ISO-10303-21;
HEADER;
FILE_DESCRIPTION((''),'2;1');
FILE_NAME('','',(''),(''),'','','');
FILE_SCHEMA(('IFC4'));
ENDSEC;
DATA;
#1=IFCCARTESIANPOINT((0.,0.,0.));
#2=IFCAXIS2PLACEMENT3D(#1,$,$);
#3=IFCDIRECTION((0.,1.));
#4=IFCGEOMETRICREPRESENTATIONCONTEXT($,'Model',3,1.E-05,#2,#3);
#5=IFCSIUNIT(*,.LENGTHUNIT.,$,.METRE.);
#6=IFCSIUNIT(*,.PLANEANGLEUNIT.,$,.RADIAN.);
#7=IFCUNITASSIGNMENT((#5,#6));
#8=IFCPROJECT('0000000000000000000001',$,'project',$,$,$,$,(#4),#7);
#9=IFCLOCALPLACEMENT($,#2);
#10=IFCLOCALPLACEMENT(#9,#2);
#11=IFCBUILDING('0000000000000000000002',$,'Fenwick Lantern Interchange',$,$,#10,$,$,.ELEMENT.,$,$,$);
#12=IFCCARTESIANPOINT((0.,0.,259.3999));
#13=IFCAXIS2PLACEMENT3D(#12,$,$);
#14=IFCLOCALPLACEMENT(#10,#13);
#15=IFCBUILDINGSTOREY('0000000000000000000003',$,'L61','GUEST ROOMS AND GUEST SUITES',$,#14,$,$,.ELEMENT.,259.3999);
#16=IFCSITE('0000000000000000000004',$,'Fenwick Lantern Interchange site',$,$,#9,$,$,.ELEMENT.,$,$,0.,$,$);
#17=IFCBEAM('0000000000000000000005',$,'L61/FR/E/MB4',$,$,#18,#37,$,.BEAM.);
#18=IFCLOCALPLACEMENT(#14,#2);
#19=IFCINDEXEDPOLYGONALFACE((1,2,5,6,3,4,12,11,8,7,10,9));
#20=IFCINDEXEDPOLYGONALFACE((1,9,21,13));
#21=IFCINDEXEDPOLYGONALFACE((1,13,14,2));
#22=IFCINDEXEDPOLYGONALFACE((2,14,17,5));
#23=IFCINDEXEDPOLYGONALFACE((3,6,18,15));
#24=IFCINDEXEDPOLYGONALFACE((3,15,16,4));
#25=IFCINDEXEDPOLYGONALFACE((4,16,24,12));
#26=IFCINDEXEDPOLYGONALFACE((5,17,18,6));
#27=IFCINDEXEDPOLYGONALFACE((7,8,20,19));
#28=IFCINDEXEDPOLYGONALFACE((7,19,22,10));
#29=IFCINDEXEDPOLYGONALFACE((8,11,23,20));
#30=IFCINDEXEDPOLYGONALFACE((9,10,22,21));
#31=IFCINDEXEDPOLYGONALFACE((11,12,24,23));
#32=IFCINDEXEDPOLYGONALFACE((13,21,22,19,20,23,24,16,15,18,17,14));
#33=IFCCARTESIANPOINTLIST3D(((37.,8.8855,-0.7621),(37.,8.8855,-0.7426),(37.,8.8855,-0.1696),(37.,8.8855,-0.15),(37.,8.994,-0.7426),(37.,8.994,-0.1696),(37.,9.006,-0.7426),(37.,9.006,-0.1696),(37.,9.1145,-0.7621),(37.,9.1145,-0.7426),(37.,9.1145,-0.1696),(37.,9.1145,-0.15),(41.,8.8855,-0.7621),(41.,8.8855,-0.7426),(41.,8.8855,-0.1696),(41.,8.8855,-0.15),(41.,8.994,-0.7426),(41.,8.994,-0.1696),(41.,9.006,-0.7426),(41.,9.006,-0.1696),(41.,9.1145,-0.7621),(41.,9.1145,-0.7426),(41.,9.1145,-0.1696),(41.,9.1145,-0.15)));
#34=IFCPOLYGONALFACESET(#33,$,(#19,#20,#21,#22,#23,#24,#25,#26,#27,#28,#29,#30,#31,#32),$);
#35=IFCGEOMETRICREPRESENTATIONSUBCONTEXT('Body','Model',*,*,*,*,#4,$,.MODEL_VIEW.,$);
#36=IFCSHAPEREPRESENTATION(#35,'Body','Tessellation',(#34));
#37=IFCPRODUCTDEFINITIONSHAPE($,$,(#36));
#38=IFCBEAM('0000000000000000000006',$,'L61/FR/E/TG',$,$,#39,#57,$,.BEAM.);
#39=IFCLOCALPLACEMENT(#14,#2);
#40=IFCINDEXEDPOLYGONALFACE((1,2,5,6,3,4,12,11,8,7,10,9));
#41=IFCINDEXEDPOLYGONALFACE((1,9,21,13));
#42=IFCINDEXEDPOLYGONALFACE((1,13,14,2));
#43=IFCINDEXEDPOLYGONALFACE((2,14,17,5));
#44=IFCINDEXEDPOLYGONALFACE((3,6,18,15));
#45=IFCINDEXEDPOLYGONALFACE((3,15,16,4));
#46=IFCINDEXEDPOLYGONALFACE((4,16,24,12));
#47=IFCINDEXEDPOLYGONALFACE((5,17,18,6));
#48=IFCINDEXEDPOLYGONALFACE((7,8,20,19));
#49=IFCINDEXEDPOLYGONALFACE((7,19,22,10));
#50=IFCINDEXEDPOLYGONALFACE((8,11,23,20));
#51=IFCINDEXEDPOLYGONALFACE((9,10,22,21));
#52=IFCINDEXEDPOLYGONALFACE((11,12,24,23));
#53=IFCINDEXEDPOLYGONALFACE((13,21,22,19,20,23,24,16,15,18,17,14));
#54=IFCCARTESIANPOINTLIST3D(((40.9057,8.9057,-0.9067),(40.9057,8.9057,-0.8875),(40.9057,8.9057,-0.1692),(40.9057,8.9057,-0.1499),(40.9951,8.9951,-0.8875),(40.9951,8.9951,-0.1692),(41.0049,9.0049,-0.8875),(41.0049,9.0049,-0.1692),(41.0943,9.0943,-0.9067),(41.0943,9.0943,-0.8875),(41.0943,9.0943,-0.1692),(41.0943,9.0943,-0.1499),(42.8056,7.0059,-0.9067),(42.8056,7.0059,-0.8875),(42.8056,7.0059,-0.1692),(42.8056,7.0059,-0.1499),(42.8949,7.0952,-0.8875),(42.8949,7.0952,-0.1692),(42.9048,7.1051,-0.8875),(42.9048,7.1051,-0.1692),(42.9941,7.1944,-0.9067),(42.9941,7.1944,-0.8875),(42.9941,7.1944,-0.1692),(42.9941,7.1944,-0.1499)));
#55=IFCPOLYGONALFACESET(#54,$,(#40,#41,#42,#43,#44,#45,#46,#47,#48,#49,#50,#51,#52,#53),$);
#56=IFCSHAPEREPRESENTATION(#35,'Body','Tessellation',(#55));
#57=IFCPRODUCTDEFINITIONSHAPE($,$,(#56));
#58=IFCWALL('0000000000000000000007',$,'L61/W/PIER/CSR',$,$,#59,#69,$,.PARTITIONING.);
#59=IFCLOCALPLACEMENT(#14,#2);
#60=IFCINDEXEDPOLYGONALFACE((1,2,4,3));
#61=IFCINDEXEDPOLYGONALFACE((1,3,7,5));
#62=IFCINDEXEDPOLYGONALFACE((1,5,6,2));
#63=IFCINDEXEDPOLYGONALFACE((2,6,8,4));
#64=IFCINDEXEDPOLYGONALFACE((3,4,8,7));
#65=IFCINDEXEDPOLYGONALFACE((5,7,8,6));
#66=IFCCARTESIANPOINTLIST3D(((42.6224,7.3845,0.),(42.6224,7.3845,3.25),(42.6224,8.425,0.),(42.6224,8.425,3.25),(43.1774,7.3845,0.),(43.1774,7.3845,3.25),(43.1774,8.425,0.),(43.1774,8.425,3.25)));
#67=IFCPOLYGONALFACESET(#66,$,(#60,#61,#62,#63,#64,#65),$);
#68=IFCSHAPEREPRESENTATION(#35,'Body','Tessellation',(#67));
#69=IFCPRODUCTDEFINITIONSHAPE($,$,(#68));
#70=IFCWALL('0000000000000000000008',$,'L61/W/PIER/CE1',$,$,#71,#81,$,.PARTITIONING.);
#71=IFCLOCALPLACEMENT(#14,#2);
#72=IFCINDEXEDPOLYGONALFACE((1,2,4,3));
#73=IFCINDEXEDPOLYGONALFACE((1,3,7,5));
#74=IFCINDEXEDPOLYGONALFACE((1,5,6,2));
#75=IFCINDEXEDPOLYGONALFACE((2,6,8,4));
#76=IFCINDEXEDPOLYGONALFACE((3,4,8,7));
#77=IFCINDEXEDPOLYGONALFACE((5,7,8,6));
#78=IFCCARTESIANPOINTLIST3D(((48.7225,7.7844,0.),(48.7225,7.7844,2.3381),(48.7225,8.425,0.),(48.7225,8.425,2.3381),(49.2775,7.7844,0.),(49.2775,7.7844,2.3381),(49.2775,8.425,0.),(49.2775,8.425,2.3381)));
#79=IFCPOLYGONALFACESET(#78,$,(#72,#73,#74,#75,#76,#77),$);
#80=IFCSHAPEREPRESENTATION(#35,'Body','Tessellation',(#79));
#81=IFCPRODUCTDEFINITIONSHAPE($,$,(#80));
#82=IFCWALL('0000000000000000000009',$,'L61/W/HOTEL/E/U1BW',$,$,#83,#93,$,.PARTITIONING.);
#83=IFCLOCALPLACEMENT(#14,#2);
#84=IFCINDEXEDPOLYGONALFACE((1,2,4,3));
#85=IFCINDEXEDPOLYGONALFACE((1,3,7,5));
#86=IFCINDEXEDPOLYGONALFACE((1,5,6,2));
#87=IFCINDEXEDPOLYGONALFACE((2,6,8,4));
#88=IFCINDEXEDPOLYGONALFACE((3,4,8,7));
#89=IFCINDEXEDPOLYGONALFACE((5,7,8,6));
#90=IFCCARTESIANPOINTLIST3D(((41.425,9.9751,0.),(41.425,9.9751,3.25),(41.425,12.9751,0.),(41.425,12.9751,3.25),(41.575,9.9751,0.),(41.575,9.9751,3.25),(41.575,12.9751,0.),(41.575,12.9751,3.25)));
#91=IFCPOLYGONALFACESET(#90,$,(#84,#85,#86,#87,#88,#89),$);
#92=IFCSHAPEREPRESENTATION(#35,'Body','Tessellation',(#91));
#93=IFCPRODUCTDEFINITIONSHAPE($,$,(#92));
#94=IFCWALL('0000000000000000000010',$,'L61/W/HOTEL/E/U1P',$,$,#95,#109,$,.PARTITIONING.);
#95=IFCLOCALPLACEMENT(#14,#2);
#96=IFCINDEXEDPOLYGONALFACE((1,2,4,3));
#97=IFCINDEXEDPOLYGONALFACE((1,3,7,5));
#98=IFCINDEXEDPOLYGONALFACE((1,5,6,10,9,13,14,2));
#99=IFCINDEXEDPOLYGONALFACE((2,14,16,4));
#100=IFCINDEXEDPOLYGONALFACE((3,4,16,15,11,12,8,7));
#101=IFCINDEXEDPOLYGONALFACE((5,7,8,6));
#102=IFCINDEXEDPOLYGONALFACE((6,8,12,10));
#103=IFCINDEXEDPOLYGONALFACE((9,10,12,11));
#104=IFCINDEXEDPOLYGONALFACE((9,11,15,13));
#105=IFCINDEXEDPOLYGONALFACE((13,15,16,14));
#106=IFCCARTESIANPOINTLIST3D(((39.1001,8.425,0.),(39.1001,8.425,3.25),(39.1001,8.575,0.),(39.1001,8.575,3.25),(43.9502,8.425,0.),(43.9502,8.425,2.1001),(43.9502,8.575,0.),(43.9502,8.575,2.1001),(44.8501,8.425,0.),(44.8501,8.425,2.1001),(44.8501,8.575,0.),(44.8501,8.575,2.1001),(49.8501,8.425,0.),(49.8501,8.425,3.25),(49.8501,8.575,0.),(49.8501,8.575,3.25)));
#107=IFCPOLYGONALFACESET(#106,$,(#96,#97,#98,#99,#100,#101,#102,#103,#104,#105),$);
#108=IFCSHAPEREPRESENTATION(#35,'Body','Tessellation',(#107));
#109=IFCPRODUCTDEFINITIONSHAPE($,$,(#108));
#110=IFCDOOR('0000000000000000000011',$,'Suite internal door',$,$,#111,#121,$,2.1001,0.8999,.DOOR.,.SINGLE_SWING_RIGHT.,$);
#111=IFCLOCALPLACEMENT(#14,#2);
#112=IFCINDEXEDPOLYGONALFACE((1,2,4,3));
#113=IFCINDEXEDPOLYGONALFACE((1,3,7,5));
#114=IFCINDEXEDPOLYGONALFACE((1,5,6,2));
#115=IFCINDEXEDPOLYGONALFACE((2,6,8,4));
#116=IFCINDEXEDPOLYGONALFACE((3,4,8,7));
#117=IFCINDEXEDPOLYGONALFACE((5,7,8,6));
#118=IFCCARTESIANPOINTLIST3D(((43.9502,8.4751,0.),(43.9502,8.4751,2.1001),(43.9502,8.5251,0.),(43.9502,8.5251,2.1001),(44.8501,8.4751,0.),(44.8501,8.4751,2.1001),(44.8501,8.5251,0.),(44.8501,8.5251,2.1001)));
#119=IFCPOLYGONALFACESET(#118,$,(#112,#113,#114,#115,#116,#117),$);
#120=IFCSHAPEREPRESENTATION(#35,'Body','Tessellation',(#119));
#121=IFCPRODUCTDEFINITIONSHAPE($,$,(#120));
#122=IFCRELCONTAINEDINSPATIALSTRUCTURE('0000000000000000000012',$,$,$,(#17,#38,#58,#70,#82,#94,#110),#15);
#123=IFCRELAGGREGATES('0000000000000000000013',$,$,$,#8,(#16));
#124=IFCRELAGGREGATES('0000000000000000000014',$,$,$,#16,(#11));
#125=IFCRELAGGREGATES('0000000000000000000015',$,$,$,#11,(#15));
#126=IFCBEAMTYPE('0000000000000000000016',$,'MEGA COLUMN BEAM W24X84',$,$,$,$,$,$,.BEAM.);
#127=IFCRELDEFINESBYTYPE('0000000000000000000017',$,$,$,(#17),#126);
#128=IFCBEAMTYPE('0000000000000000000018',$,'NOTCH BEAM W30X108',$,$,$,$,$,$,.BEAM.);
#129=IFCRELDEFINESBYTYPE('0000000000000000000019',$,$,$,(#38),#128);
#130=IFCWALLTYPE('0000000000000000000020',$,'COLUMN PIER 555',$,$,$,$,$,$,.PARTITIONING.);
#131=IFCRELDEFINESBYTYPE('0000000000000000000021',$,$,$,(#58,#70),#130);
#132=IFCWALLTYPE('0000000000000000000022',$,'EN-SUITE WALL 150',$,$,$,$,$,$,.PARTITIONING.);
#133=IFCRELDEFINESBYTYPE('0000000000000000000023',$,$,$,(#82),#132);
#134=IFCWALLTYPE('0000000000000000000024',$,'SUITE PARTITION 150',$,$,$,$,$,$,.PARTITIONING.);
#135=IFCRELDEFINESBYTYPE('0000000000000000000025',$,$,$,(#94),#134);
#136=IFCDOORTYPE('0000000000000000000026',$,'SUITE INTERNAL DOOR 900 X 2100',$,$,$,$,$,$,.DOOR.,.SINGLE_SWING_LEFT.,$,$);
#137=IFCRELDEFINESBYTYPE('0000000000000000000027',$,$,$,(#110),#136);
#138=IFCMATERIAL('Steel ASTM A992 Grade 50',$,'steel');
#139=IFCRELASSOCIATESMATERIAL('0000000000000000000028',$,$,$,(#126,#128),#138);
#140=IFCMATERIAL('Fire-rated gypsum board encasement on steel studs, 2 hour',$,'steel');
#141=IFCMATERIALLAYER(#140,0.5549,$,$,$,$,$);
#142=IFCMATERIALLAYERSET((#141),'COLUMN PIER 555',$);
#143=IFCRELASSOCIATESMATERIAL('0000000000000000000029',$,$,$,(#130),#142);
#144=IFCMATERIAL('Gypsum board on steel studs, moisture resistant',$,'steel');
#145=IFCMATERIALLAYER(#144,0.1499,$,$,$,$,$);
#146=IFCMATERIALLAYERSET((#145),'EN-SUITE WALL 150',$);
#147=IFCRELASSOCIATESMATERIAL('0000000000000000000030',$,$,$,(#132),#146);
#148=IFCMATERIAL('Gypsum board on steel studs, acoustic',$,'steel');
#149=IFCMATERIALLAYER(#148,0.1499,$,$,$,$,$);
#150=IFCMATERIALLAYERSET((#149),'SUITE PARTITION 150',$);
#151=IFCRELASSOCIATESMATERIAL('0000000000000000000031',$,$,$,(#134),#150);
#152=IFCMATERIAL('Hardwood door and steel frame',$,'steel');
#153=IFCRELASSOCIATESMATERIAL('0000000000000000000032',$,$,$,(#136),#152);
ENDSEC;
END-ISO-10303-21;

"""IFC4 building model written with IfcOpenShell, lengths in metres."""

from ifc_helpers import new_model, si_unit, direction, frame, frame_2d, origin, origin_2d, place, context, subcontext, project, spatial, rectangle, i_section, extrude, material, layer, layer_set, material_profile, profile_set, type_object, element, fill, save


model = new_model("IFC4")

# Units and contexts
model_context = context("Model", 3, precision=1e-05, world=origin(), true_north=direction((0.0, 1.0)))
body_context = subcontext(model_context, "Body", "Model", "MODEL_VIEW")
ifc_project = project(units=[si_unit("LENGTHUNIT", "METRE"), si_unit("PLANEANGLEUNIT", "RADIAN")], contexts=[model_context])

# Site, building, storey
site_placement = place(None, origin())
site = spatial("IfcSite", under=ifc_project, at=site_placement, Name="Fenwick Lantern Interchange site", CompositionType="ELEMENT", RefElevation=0.0)
building_placement = place(site_placement, origin())
building = spatial("IfcBuilding", under=site, at=building_placement, Name="Fenwick Lantern Interchange", CompositionType="ELEMENT")
storey_placement = place(building_placement, frame((0.0, 0.0, 259.3999)))
storey = spatial("IfcBuildingStorey", under=building, at=storey_placement, Name="L61", Description="GUEST ROOMS AND GUEST SUITES", CompositionType="ELEMENT", Elevation=259.3999)

# Shared definitions
ifc_material_1 = material(Name="Steel ASTM A992 Grade 50", Category="steel")

# Beams
ifc_material_profile_1 = material_profile(ifc_material_1, i_section(OverallWidth=0.229, OverallDepth=0.6121, WebThickness=0.012, FlangeThickness=0.0195, at=origin_2d()), Name="W24X84")
ifc_profile_set_1 = profile_set([ifc_material_profile_1], Name="Steel ASTM A992 Grade 50")
beam_type_1 = type_object("IfcBeamType", Name="MEGA COLUMN BEAM W24X84", PredefinedType="BEAM", material=ifc_profile_set_1)
for number, where, z_axis, x_axis, name in (
    (1, (41.0, 9.0, -0.4561), (-1.0, 0.0, 0.0), (0.0, -1.0, 0.0), "L61/FR/E/MB4"),
):
    element("IfcBeam", number, at=place(storey_placement, frame(where, z_axis=z_axis, x_axis=x_axis)), inside=storey, type_object=beam_type_1, Name=name, PredefinedType="BEAM", context=body_context, shape_type="SweptSolid", body=[
        extrude(i_section(OverallWidth=0.229, OverallDepth=0.6121, WebThickness=0.012, FlangeThickness=0.0195, at=origin_2d()), origin(), (0.0, 0.0, 1.0), 4.0),
    ])
ifc_material_profile_2 = material_profile(ifc_material_1, i_section(OverallWidth=0.2666, OverallDepth=0.7568, WebThickness=0.0139, FlangeThickness=0.0193, at=origin_2d()), Name="W30X108")
ifc_profile_set_2 = profile_set([ifc_material_profile_2], Name="Steel ASTM A992 Grade 50")
beam_type_2 = type_object("IfcBeamType", Name="NOTCH BEAM W30X108", PredefinedType="BEAM", material=ifc_profile_set_2)
beam_1_placement = place(storey_placement, frame((41.0, 9.0, -0.5283), z_axis=(0.707107, -0.707107, 0.0), x_axis=(0.707107, 0.707107, 0.0)))
element("IfcBeam", 2, at=beam_1_placement, inside=storey, type_object=beam_type_2, Name="L61/FR/E/TG", PredefinedType="BEAM", context=body_context, shape_type="SweptSolid", body=[
    extrude(i_section(OverallWidth=0.2666, OverallDepth=0.7568, WebThickness=0.0139, FlangeThickness=0.0193, at=origin_2d()), origin(), (0.0, 0.0, 1.0), 2.6868),
])

# Walls
ifc_material_2 = material(Name="Fire-rated gypsum board encasement on steel studs, 2 hour", Category="steel")
ifc_layer_1 = layer(ifc_material_2, 0.5549)
ifc_layer_set_1 = layer_set([ifc_layer_1], Name="COLUMN PIER 555")
wall_type_1 = type_object("IfcWallType", Name="COLUMN PIER 555", PredefinedType="PARTITIONING", material=ifc_layer_set_1)
wall_1_placement = place(storey_placement, frame((42.8999, 8.425, 0.0), z_axis=(0.0, 0.0, 1.0), x_axis=(0.0, -1.0, 0.0)))
element("IfcWall", 3, at=wall_1_placement, inside=storey, type_object=wall_type_1, Name="L61/W/PIER/CSR", PredefinedType="PARTITIONING", context=body_context, shape_type="SweptSolid", body=[
    extrude(rectangle(XDim=1.0405, YDim=0.5549, at=frame_2d((0.5203, 0.0))), origin(), (0.0, 0.0, 1.0), 3.25),
])
wall_2_placement = place(storey_placement, frame((49.0, 8.425, 0.0), z_axis=(0.0, 0.0, 1.0), x_axis=(0.0, -1.0, 0.0)))
element("IfcWall", 4, at=wall_2_placement, inside=storey, type_object=wall_type_1, Name="L61/W/PIER/CE1", PredefinedType="PARTITIONING", context=body_context, shape_type="SweptSolid", body=[
    extrude(rectangle(XDim=0.6406, YDim=0.5549, at=frame_2d((0.3203, 0.0))), origin(), (0.0, 0.0, 1.0), 2.3381),
])
ifc_material_3 = material(Name="Gypsum board on steel studs, moisture resistant", Category="steel")
ifc_layer_2 = layer(ifc_material_3, 0.1499)
ifc_layer_set_2 = layer_set([ifc_layer_2], Name="EN-SUITE WALL 150")
wall_type_2 = type_object("IfcWallType", Name="EN-SUITE WALL 150", PredefinedType="PARTITIONING", material=ifc_layer_set_2)
wall_3_placement = place(storey_placement, frame((41.5, 9.9751, 0.0), z_axis=(0.0, 0.0, 1.0), x_axis=(0.0, 1.0, 0.0)))
element("IfcWall", 5, at=wall_3_placement, inside=storey, type_object=wall_type_2, Name="L61/W/HOTEL/E/U1BW", PredefinedType="PARTITIONING", context=body_context, shape_type="SweptSolid", body=[
    extrude(rectangle(XDim=3.0, YDim=0.1499, at=frame_2d((1.5, 0.0))), origin(), (0.0, 0.0, 1.0), 3.25),
])

# Wall, opening, door
ifc_material_4 = material(Name="Gypsum board on steel studs, acoustic", Category="steel")
ifc_layer_3 = layer(ifc_material_4, 0.1499)
ifc_layer_set_3 = layer_set([ifc_layer_3], Name="SUITE PARTITION 150")
wall_type_3 = type_object("IfcWallType", Name="SUITE PARTITION 150", PredefinedType="PARTITIONING", material=ifc_layer_set_3)
wall_4_placement = place(storey_placement, frame((49.8501, 8.5, 0.0), z_axis=(0.0, 0.0, 1.0), x_axis=(-1.0, 0.0, 0.0)))
wall_4 = element("IfcWall", 6, at=wall_4_placement, inside=storey, type_object=wall_type_3, Name="L61/W/HOTEL/E/U1P", PredefinedType="PARTITIONING", context=body_context, shape_type="SweptSolid", body=[
    extrude(rectangle(XDim=10.75, YDim=0.1499, at=frame_2d((5.375, 0.0))), origin(), (0.0, 0.0, 1.0), 3.25),
])
opening_placement = place(wall_4_placement, frame((5.0, 0.0, 0.0)))
opening = element("IfcOpeningElement", 7, at=opening_placement, cuts=wall_4, PredefinedType="OPENING", context=body_context, shape_type="SweptSolid", body=[
    extrude(rectangle(XDim=0.8999, YDim=2.1001, at=frame_2d((0.45, 1.05))), frame((0.0, 0.085, 0.0), z_axis=(0.0, -1.0, 0.0), x_axis=(1.0, 0.0, 0.0)), (0.0, 0.0, 1.0), 0.1699),
])
ifc_material_5 = material(Name="Hardwood door and steel frame", Category="steel")
door_type = type_object("IfcDoorType", Name="SUITE INTERNAL DOOR 900 X 2100", OperationType="SINGLE_SWING_LEFT", PredefinedType="DOOR", material=ifc_material_5)
door_placement = place(opening_placement, origin())
door = element("IfcDoor", 8, at=door_placement, inside=storey, type_object=door_type, Name="Suite internal door", OperationType="SINGLE_SWING_RIGHT", OverallHeight=2.1001, OverallWidth=0.8999, PredefinedType="DOOR", context=body_context, shape_type="SweptSolid", body=[
    extrude(rectangle(XDim=0.8999, YDim=2.1001, at=frame_2d((0.45, 1.05))), frame((0.0, 0.0249, 0.0), z_axis=(0.0, -1.0, 0.0), x_axis=(1.0, 0.0, 0.0)), (0.0, 0.0, 1.0), 0.05),
])
fill(opening, door)

save(model, "model.ifc")
